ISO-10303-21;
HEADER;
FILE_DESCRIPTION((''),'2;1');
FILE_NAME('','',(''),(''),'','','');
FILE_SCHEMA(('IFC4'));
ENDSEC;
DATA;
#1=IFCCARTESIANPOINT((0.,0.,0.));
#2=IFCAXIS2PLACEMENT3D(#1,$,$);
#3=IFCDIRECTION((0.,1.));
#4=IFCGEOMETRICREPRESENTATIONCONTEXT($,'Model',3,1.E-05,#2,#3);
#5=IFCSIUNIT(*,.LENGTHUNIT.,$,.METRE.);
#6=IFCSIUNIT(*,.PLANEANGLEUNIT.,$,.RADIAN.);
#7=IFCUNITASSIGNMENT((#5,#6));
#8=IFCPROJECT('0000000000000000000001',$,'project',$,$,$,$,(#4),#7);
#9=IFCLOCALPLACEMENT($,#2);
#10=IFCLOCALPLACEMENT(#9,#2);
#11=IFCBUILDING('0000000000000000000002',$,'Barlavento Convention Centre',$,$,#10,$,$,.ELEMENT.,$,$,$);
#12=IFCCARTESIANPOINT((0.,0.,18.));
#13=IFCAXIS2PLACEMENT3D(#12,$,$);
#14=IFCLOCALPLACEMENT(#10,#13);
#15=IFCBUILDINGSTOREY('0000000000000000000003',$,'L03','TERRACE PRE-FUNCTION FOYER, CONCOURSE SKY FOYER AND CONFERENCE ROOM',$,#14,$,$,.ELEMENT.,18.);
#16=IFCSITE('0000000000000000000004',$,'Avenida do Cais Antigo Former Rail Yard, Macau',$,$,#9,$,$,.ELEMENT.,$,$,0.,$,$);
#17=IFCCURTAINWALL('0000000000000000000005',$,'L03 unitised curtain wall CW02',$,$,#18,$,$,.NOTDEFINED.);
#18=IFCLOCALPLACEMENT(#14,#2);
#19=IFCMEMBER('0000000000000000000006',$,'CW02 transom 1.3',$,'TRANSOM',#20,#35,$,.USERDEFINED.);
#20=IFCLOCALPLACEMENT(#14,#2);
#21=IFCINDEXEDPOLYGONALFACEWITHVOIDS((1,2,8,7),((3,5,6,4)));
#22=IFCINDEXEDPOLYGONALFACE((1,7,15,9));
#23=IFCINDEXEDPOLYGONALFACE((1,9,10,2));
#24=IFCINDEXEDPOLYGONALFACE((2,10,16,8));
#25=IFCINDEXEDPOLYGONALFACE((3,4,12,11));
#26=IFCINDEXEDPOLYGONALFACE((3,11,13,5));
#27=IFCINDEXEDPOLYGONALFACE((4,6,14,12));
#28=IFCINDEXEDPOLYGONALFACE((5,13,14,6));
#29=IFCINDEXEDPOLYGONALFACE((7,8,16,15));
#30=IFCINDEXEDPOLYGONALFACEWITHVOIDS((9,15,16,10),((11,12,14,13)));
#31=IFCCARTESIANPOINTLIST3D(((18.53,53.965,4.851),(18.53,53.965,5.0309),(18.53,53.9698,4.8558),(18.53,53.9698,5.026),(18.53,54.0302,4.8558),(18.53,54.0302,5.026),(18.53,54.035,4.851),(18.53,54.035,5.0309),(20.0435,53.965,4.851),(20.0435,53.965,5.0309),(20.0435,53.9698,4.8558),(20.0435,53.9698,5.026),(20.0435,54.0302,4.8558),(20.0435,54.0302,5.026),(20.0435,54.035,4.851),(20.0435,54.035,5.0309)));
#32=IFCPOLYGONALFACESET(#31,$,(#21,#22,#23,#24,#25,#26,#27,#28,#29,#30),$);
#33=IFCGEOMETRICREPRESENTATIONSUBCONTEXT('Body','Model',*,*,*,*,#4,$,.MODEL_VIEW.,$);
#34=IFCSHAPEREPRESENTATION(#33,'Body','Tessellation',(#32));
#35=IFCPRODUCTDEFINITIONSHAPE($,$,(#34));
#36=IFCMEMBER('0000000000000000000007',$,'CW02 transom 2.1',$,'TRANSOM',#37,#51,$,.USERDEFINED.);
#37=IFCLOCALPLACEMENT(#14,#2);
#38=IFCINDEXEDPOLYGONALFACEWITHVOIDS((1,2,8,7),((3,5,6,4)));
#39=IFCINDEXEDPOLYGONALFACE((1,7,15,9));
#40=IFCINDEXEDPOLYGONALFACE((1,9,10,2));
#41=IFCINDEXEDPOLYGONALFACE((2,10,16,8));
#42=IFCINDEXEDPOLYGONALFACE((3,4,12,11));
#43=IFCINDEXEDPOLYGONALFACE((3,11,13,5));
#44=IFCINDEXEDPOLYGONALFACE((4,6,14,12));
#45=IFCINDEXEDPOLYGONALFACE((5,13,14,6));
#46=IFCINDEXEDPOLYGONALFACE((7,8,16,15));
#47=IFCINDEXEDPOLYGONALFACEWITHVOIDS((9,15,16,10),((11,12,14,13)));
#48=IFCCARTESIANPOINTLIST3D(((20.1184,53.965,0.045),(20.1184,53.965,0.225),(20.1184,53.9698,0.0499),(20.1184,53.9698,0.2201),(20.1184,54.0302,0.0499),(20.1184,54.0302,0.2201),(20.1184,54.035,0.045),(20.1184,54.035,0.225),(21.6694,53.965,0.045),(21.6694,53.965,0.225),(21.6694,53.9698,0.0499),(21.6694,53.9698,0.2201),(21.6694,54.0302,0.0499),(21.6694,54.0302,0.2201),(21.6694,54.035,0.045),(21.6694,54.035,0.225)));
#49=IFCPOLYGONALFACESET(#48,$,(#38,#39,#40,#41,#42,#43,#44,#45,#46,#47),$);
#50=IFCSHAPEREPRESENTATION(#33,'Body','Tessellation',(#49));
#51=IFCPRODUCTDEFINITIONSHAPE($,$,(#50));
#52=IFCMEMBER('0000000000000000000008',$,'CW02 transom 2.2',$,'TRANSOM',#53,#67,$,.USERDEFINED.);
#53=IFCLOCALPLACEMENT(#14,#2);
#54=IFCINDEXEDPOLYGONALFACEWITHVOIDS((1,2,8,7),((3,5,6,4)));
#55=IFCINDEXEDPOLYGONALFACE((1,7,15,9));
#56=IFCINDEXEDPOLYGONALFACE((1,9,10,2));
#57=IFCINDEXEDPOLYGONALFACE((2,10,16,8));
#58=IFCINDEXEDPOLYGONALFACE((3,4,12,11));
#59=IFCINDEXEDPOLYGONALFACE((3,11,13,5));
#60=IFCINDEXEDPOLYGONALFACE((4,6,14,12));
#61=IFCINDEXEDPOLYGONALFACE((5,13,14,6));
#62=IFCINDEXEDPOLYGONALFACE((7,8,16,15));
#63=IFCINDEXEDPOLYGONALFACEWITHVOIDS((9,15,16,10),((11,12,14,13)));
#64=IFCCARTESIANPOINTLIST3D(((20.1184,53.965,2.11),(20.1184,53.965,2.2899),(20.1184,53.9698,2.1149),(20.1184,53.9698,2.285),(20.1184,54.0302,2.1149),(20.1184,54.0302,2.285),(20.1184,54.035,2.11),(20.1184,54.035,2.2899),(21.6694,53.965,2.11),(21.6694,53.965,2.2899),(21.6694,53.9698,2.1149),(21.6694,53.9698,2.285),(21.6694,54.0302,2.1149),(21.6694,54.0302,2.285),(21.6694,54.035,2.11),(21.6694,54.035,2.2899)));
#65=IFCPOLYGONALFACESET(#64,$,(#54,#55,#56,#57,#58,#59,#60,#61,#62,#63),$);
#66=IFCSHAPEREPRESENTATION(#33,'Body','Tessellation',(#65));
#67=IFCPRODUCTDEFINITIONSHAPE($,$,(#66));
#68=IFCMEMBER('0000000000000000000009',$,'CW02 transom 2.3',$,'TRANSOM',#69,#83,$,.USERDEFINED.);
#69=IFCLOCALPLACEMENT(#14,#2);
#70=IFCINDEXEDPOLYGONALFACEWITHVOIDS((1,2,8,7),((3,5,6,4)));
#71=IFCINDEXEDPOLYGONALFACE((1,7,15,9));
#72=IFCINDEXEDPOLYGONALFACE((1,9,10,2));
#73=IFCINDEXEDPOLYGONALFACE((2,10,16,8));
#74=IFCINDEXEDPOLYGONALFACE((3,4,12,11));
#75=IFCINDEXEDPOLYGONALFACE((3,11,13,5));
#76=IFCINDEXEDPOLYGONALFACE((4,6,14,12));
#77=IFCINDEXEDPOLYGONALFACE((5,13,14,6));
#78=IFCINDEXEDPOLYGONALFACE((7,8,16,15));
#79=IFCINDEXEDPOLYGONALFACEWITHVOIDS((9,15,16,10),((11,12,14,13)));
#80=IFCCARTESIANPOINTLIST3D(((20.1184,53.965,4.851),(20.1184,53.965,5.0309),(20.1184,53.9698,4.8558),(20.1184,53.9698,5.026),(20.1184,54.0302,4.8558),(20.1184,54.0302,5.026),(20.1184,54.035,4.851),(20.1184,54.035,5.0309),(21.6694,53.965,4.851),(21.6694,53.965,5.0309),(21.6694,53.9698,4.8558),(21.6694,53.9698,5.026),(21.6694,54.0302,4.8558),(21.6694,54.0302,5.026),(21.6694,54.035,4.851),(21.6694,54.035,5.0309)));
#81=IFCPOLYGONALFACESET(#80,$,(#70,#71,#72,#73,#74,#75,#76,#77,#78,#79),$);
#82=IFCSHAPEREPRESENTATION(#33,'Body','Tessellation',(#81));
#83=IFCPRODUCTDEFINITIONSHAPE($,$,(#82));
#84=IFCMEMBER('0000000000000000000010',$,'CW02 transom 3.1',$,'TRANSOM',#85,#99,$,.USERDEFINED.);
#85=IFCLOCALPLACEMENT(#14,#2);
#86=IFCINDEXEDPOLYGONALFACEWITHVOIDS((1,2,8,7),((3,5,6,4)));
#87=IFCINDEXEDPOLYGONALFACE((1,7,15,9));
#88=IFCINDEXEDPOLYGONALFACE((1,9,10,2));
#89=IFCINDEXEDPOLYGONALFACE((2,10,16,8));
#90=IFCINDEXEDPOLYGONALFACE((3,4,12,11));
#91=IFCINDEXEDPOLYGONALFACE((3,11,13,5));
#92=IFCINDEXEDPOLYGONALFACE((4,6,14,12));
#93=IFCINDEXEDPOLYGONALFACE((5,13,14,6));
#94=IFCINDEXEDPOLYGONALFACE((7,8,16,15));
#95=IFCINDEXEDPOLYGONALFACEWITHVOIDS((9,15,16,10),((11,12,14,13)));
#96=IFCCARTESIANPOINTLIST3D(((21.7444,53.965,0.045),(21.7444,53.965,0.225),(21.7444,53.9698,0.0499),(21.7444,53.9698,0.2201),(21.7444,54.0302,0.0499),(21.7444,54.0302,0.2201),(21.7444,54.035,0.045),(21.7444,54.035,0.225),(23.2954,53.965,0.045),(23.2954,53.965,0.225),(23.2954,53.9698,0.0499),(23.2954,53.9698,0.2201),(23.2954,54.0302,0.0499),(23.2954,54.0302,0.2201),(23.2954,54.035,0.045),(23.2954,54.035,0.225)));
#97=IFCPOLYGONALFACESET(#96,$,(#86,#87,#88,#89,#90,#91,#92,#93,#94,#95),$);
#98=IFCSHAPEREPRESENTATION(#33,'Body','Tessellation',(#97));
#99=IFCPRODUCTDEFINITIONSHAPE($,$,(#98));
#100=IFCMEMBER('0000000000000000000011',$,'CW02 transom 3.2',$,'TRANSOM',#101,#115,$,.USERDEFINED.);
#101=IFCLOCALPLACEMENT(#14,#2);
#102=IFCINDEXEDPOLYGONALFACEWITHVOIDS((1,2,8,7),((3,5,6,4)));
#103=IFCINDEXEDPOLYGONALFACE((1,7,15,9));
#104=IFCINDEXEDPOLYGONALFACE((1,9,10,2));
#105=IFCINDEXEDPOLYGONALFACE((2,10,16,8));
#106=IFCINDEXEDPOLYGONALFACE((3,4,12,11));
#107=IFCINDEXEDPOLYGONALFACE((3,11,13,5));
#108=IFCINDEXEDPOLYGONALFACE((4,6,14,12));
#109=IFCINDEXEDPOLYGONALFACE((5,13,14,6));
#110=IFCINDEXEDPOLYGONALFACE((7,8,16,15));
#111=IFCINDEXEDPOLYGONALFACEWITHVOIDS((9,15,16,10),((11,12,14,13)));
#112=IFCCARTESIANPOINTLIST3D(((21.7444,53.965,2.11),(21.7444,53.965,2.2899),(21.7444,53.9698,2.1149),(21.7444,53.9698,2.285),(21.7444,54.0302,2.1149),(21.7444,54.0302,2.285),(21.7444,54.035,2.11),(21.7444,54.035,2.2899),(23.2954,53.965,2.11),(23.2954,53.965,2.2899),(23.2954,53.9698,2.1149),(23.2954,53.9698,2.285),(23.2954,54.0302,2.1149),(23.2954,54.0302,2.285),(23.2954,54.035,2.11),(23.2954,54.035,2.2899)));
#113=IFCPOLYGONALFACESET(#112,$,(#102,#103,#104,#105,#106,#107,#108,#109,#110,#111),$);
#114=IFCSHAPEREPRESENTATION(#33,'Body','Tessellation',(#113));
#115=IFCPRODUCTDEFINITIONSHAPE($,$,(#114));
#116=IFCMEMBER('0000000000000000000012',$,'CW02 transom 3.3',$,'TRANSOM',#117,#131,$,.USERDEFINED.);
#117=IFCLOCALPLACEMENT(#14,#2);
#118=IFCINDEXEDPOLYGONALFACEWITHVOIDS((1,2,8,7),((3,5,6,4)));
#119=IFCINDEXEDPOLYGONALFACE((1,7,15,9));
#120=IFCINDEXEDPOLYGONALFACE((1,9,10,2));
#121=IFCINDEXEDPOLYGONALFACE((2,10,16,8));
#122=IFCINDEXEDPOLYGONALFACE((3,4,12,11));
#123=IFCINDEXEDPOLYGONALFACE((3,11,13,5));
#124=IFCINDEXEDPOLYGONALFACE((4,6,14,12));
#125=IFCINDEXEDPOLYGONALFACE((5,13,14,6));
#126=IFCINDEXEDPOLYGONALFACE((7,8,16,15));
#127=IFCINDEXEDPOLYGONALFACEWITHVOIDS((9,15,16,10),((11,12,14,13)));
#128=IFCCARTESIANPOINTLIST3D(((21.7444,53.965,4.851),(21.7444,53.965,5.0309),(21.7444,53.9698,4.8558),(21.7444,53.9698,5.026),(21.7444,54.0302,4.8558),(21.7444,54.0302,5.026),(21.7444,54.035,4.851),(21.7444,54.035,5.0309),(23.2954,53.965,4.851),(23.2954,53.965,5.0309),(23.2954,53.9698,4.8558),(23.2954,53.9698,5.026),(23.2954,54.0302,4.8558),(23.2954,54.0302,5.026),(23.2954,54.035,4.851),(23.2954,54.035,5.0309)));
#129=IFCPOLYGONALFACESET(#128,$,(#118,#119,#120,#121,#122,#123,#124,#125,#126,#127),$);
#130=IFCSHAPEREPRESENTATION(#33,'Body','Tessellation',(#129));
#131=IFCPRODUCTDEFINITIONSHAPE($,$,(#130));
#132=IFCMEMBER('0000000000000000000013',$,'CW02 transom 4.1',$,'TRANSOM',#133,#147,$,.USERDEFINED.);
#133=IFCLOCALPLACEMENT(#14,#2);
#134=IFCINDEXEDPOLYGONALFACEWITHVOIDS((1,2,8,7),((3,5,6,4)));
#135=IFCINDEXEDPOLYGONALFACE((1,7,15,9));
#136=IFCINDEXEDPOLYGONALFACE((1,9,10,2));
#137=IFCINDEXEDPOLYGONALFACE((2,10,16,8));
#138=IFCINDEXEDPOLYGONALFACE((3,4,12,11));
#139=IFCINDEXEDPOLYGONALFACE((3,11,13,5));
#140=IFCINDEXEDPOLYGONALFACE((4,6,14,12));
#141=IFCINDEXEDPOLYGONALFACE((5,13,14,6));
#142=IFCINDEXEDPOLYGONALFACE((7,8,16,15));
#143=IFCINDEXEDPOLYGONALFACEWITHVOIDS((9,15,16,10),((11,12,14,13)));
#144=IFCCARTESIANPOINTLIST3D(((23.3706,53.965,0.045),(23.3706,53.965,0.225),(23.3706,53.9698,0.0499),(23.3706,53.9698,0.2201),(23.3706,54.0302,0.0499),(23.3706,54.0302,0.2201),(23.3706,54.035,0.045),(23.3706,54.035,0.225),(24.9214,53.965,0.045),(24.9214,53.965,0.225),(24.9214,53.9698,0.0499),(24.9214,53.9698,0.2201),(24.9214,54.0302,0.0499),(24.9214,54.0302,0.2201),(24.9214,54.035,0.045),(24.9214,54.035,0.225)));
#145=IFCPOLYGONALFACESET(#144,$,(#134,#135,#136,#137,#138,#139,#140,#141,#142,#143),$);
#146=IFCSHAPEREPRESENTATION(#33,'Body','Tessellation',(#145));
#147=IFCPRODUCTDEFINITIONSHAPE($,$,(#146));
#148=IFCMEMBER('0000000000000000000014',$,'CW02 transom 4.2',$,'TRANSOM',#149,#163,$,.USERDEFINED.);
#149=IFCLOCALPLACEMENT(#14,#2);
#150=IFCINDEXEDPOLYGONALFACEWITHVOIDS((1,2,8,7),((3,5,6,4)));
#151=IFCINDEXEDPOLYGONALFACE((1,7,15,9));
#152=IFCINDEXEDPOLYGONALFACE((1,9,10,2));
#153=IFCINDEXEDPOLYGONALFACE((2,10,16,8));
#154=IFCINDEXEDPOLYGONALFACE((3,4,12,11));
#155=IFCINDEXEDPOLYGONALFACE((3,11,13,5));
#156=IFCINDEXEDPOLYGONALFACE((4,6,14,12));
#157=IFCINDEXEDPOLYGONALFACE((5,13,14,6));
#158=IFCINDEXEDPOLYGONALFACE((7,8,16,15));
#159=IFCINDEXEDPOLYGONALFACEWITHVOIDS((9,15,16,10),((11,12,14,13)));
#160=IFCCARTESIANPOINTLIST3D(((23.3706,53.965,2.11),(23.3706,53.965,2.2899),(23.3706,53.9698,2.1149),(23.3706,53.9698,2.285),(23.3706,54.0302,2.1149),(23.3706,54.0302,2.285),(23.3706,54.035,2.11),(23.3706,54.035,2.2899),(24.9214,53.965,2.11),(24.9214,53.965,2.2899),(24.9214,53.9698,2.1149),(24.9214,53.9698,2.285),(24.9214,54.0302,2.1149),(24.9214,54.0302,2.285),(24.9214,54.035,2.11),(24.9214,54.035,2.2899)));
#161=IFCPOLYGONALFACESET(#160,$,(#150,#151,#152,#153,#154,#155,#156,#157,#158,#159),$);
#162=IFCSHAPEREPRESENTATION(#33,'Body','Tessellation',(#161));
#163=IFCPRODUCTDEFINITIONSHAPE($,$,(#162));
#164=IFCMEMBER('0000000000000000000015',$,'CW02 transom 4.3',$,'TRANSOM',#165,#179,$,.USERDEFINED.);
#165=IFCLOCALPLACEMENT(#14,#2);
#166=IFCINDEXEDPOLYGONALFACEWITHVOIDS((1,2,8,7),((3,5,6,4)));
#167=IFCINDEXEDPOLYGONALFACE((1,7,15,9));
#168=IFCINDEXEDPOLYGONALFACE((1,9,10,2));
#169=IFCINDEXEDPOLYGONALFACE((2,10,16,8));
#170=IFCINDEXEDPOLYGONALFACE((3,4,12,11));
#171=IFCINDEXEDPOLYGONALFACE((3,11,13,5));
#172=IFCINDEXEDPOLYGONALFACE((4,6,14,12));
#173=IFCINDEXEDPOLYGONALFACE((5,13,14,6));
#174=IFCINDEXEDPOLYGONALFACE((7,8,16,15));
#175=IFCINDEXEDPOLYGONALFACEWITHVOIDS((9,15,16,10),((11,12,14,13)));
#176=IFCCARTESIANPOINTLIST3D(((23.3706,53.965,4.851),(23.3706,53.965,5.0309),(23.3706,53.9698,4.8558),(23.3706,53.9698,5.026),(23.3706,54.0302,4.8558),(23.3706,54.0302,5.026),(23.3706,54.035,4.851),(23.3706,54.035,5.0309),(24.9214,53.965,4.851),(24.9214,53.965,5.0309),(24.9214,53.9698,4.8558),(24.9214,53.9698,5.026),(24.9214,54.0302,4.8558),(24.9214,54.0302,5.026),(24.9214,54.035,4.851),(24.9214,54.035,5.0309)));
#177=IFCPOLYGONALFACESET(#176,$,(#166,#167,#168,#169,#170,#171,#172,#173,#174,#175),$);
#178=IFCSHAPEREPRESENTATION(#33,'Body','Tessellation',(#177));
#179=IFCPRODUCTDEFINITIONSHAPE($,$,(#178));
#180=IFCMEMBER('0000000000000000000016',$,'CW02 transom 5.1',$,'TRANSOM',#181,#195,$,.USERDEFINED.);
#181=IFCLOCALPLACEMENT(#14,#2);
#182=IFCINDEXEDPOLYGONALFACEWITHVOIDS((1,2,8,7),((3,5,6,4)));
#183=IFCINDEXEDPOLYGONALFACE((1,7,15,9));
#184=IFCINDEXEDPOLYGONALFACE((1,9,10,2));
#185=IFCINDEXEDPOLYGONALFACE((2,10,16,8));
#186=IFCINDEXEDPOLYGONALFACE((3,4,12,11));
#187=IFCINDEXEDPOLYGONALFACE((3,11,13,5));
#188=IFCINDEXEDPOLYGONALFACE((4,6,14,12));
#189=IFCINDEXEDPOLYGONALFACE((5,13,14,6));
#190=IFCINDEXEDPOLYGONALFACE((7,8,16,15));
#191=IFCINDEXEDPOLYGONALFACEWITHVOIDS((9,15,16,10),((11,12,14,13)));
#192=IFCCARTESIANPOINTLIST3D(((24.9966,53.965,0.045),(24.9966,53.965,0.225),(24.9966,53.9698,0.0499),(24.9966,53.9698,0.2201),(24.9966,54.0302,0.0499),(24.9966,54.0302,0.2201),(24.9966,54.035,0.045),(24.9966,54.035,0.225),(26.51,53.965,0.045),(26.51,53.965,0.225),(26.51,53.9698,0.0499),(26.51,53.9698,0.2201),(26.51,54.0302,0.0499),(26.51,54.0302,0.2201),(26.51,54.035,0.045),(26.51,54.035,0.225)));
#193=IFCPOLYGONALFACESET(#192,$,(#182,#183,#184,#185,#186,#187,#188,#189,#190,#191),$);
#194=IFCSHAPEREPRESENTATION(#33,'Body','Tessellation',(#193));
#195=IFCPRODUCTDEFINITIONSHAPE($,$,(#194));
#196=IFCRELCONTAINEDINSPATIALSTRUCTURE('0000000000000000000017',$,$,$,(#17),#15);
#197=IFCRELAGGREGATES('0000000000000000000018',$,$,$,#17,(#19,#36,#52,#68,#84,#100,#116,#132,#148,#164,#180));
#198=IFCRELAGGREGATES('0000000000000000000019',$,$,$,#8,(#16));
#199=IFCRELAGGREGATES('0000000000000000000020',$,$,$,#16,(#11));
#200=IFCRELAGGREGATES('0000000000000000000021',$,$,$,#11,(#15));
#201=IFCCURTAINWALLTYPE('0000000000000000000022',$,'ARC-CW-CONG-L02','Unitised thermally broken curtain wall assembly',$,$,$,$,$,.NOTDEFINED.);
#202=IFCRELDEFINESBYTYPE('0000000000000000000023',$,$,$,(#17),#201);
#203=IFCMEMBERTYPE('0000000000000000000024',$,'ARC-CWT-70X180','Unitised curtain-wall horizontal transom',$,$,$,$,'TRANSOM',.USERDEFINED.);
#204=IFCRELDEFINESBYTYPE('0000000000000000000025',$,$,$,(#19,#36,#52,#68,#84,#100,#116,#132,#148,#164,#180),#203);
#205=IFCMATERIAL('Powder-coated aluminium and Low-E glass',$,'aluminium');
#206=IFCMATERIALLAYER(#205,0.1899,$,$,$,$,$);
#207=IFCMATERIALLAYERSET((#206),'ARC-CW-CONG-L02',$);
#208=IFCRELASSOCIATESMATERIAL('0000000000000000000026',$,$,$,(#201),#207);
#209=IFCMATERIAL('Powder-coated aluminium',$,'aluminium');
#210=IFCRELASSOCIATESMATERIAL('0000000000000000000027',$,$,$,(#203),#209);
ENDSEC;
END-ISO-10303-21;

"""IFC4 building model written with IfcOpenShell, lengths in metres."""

from ifc_helpers import new_model, si_unit, direction, frame, origin, origin_2d, place, context, subcontext, project, spatial, hollow_rectangle, extrude, material, layer, layer_set, material_profile, profile_set, type_object, element, aggregate, save


model = new_model("IFC4")

# Units and contexts
model_context = context("Model", 3, precision=1e-05, world=origin(), true_north=direction((0.0, 1.0)))
body_context = subcontext(model_context, "Body", "Model", "MODEL_VIEW")
ifc_project = project(units=[si_unit("LENGTHUNIT", "METRE"), si_unit("PLANEANGLEUNIT", "RADIAN")], contexts=[model_context])

# Site, building, storey
site_placement = place(None, origin())
site = spatial("IfcSite", under=ifc_project, at=site_placement, Name="Avenida do Cais Antigo Former Rail Yard, Macau", CompositionType="ELEMENT", RefElevation=0.0)
building_placement = place(site_placement, origin())
building = spatial("IfcBuilding", under=site, at=building_placement, Name="Barlavento Convention Centre", CompositionType="ELEMENT")
storey_placement = place(building_placement, frame((0.0, 0.0, 18.0)))
storey = spatial("IfcBuildingStorey", under=building, at=storey_placement, Name="L03", Description="TERRACE PRE-FUNCTION FOYER, CONCOURSE SKY FOYER AND CONFERENCE ROOM", CompositionType="ELEMENT", Elevation=18.0)

# Curtain wall, members
ifc_material_1 = material(Name="Powder-coated aluminium and Low-E glass", Category="aluminium")
ifc_layer_1 = layer(ifc_material_1, 0.1899)
ifc_layer_set_1 = layer_set([ifc_layer_1], Name="ARC-CW-CONG-L02")
curtain_wall_type = type_object("IfcCurtainWallType", Name="ARC-CW-CONG-L02", Description="Unitised thermally broken curtain wall assembly", PredefinedType="NOTDEFINED", material=ifc_layer_set_1)
curtain_wall_placement = place(storey_placement, origin())
curtain_wall = element("IfcCurtainWall", 1, at=curtain_wall_placement, inside=storey, type_object=curtain_wall_type, Name="L03 unitised curtain wall CW02", PredefinedType="NOTDEFINED")
ifc_material_2 = material(Name="Powder-coated aluminium", Category="aluminium")
ifc_material_profile_1 = material_profile(ifc_material_2, hollow_rectangle(XDim=0.0701, YDim=0.1799, WallThickness=0.0049, at=origin_2d()), Name="AL-TRAN 70x180x5")
ifc_profile_set_1 = profile_set([ifc_material_profile_1], Name="Powder-coated aluminium")
member_type_1 = type_object("IfcMemberType", Name="ARC-CWT-70X180", Description="Unitised curtain-wall horizontal transom", ElementType="TRANSOM", PredefinedType="USERDEFINED", material=ifc_profile_set_1)
member_1_placement = place(storey_placement, frame((18.53, 54.0, 4.9409), z_axis=(1.0, 0.0, 0.0), x_axis=(0.0, 1.0, 0.0)))
member_1 = element("IfcMember", 2, at=member_1_placement, type_object=member_type_1, Name="CW02 transom 1.3", ObjectType="TRANSOM", PredefinedType="USERDEFINED", context=body_context, shape_type="SweptSolid", body=[
    extrude(hollow_rectangle(XDim=0.0701, YDim=0.1799, WallThickness=0.0049, at=origin_2d()), origin(), (0.0, 0.0, 1.0), 1.5134),
])
member_2_placement = place(storey_placement, frame((20.1184, 54.0, 0.135), z_axis=(1.0, 0.0, 0.0), x_axis=(0.0, 1.0, 0.0)))
member_2 = element("IfcMember", 3, at=member_2_placement, type_object=member_type_1, Name="CW02 transom 2.1", ObjectType="TRANSOM", PredefinedType="USERDEFINED", context=body_context, shape_type="SweptSolid", body=[
    extrude(hollow_rectangle(XDim=0.0701, YDim=0.1799, WallThickness=0.0049, at=origin_2d()), origin(), (0.0, 0.0, 1.0), 1.551),
])
member_3_placement = place(storey_placement, frame((20.1184, 54.0, 2.2), z_axis=(1.0, 0.0, 0.0), x_axis=(0.0, 1.0, 0.0)))
member_3 = element("IfcMember", 4, at=member_3_placement, type_object=member_type_1, Name="CW02 transom 2.2", ObjectType="TRANSOM", PredefinedType="USERDEFINED", context=body_context, shape_type="SweptSolid", body=[
    extrude(hollow_rectangle(XDim=0.0701, YDim=0.1799, WallThickness=0.0049, at=origin_2d()), origin(), (0.0, 0.0, 1.0), 1.551),
])
member_4_placement = place(storey_placement, frame((20.1184, 54.0, 4.9409), z_axis=(1.0, 0.0, 0.0), x_axis=(0.0, 1.0, 0.0)))
member_4 = element("IfcMember", 5, at=member_4_placement, type_object=member_type_1, Name="CW02 transom 2.3", ObjectType="TRANSOM", PredefinedType="USERDEFINED", context=body_context, shape_type="SweptSolid", body=[
    extrude(hollow_rectangle(XDim=0.0701, YDim=0.1799, WallThickness=0.0049, at=origin_2d()), origin(), (0.0, 0.0, 1.0), 1.551),
])
member_5_placement = place(storey_placement, frame((21.7444, 54.0, 0.135), z_axis=(1.0, 0.0, 0.0), x_axis=(0.0, 1.0, 0.0)))
member_5 = element("IfcMember", 6, at=member_5_placement, type_object=member_type_1, Name="CW02 transom 3.1", ObjectType="TRANSOM", PredefinedType="USERDEFINED", context=body_context, shape_type="SweptSolid", body=[
    extrude(hollow_rectangle(XDim=0.0701, YDim=0.1799, WallThickness=0.0049, at=origin_2d()), origin(), (0.0, 0.0, 1.0), 1.551),
])
member_6_placement = place(storey_placement, frame((21.7444, 54.0, 2.2), z_axis=(1.0, 0.0, 0.0), x_axis=(0.0, 1.0, 0.0)))
member_6 = element("IfcMember", 7, at=member_6_placement, type_object=member_type_1, Name="CW02 transom 3.2", ObjectType="TRANSOM", PredefinedType="USERDEFINED", context=body_context, shape_type="SweptSolid", body=[
    extrude(hollow_rectangle(XDim=0.0701, YDim=0.1799, WallThickness=0.0049, at=origin_2d()), origin(), (0.0, 0.0, 1.0), 1.551),
])
member_7_placement = place(storey_placement, frame((21.7444, 54.0, 4.9409), z_axis=(1.0, 0.0, 0.0), x_axis=(0.0, 1.0, 0.0)))
member_7 = element("IfcMember", 8, at=member_7_placement, type_object=member_type_1, Name="CW02 transom 3.3", ObjectType="TRANSOM", PredefinedType="USERDEFINED", context=body_context, shape_type="SweptSolid", body=[
    extrude(hollow_rectangle(XDim=0.0701, YDim=0.1799, WallThickness=0.0049, at=origin_2d()), origin(), (0.0, 0.0, 1.0), 1.551),
])
member_8_placement = place(storey_placement, frame((23.3706, 54.0, 0.135), z_axis=(1.0, 0.0, 0.0), x_axis=(0.0, 1.0, 0.0)))
member_8 = element("IfcMember", 9, at=member_8_placement, type_object=member_type_1, Name="CW02 transom 4.1", ObjectType="TRANSOM", PredefinedType="USERDEFINED", context=body_context, shape_type="SweptSolid", body=[
    extrude(hollow_rectangle(XDim=0.0701, YDim=0.1799, WallThickness=0.0049, at=origin_2d()), origin(), (0.0, 0.0, 1.0), 1.5508),
])
member_9_placement = place(storey_placement, frame((23.3706, 54.0, 2.2), z_axis=(1.0, 0.0, 0.0), x_axis=(0.0, 1.0, 0.0)))
member_9 = element("IfcMember", 10, at=member_9_placement, type_object=member_type_1, Name="CW02 transom 4.2", ObjectType="TRANSOM", PredefinedType="USERDEFINED", context=body_context, shape_type="SweptSolid", body=[
    extrude(hollow_rectangle(XDim=0.0701, YDim=0.1799, WallThickness=0.0049, at=origin_2d()), origin(), (0.0, 0.0, 1.0), 1.5508),
])
member_10_placement = place(storey_placement, frame((23.3706, 54.0, 4.9409), z_axis=(1.0, 0.0, 0.0), x_axis=(0.0, 1.0, 0.0)))
member_10 = element("IfcMember", 11, at=member_10_placement, type_object=member_type_1, Name="CW02 transom 4.3", ObjectType="TRANSOM", PredefinedType="USERDEFINED", context=body_context, shape_type="SweptSolid", body=[
    extrude(hollow_rectangle(XDim=0.0701, YDim=0.1799, WallThickness=0.0049, at=origin_2d()), origin(), (0.0, 0.0, 1.0), 1.5508),
])
member_11_placement = place(storey_placement, frame((24.9966, 54.0, 0.135), z_axis=(1.0, 0.0, 0.0), x_axis=(0.0, 1.0, 0.0)))
member_11 = element("IfcMember", 12, at=member_11_placement, type_object=member_type_1, Name="CW02 transom 5.1", ObjectType="TRANSOM", PredefinedType="USERDEFINED", context=body_context, shape_type="SweptSolid", body=[
    extrude(hollow_rectangle(XDim=0.0701, YDim=0.1799, WallThickness=0.0049, at=origin_2d()), origin(), (0.0, 0.0, 1.0), 1.5134),
])
aggregate(curtain_wall, [member_1, member_2, member_3, member_4, member_5, member_6, member_7, member_8, member_9, member_10, member_11])

save(model, "model.ifc")
